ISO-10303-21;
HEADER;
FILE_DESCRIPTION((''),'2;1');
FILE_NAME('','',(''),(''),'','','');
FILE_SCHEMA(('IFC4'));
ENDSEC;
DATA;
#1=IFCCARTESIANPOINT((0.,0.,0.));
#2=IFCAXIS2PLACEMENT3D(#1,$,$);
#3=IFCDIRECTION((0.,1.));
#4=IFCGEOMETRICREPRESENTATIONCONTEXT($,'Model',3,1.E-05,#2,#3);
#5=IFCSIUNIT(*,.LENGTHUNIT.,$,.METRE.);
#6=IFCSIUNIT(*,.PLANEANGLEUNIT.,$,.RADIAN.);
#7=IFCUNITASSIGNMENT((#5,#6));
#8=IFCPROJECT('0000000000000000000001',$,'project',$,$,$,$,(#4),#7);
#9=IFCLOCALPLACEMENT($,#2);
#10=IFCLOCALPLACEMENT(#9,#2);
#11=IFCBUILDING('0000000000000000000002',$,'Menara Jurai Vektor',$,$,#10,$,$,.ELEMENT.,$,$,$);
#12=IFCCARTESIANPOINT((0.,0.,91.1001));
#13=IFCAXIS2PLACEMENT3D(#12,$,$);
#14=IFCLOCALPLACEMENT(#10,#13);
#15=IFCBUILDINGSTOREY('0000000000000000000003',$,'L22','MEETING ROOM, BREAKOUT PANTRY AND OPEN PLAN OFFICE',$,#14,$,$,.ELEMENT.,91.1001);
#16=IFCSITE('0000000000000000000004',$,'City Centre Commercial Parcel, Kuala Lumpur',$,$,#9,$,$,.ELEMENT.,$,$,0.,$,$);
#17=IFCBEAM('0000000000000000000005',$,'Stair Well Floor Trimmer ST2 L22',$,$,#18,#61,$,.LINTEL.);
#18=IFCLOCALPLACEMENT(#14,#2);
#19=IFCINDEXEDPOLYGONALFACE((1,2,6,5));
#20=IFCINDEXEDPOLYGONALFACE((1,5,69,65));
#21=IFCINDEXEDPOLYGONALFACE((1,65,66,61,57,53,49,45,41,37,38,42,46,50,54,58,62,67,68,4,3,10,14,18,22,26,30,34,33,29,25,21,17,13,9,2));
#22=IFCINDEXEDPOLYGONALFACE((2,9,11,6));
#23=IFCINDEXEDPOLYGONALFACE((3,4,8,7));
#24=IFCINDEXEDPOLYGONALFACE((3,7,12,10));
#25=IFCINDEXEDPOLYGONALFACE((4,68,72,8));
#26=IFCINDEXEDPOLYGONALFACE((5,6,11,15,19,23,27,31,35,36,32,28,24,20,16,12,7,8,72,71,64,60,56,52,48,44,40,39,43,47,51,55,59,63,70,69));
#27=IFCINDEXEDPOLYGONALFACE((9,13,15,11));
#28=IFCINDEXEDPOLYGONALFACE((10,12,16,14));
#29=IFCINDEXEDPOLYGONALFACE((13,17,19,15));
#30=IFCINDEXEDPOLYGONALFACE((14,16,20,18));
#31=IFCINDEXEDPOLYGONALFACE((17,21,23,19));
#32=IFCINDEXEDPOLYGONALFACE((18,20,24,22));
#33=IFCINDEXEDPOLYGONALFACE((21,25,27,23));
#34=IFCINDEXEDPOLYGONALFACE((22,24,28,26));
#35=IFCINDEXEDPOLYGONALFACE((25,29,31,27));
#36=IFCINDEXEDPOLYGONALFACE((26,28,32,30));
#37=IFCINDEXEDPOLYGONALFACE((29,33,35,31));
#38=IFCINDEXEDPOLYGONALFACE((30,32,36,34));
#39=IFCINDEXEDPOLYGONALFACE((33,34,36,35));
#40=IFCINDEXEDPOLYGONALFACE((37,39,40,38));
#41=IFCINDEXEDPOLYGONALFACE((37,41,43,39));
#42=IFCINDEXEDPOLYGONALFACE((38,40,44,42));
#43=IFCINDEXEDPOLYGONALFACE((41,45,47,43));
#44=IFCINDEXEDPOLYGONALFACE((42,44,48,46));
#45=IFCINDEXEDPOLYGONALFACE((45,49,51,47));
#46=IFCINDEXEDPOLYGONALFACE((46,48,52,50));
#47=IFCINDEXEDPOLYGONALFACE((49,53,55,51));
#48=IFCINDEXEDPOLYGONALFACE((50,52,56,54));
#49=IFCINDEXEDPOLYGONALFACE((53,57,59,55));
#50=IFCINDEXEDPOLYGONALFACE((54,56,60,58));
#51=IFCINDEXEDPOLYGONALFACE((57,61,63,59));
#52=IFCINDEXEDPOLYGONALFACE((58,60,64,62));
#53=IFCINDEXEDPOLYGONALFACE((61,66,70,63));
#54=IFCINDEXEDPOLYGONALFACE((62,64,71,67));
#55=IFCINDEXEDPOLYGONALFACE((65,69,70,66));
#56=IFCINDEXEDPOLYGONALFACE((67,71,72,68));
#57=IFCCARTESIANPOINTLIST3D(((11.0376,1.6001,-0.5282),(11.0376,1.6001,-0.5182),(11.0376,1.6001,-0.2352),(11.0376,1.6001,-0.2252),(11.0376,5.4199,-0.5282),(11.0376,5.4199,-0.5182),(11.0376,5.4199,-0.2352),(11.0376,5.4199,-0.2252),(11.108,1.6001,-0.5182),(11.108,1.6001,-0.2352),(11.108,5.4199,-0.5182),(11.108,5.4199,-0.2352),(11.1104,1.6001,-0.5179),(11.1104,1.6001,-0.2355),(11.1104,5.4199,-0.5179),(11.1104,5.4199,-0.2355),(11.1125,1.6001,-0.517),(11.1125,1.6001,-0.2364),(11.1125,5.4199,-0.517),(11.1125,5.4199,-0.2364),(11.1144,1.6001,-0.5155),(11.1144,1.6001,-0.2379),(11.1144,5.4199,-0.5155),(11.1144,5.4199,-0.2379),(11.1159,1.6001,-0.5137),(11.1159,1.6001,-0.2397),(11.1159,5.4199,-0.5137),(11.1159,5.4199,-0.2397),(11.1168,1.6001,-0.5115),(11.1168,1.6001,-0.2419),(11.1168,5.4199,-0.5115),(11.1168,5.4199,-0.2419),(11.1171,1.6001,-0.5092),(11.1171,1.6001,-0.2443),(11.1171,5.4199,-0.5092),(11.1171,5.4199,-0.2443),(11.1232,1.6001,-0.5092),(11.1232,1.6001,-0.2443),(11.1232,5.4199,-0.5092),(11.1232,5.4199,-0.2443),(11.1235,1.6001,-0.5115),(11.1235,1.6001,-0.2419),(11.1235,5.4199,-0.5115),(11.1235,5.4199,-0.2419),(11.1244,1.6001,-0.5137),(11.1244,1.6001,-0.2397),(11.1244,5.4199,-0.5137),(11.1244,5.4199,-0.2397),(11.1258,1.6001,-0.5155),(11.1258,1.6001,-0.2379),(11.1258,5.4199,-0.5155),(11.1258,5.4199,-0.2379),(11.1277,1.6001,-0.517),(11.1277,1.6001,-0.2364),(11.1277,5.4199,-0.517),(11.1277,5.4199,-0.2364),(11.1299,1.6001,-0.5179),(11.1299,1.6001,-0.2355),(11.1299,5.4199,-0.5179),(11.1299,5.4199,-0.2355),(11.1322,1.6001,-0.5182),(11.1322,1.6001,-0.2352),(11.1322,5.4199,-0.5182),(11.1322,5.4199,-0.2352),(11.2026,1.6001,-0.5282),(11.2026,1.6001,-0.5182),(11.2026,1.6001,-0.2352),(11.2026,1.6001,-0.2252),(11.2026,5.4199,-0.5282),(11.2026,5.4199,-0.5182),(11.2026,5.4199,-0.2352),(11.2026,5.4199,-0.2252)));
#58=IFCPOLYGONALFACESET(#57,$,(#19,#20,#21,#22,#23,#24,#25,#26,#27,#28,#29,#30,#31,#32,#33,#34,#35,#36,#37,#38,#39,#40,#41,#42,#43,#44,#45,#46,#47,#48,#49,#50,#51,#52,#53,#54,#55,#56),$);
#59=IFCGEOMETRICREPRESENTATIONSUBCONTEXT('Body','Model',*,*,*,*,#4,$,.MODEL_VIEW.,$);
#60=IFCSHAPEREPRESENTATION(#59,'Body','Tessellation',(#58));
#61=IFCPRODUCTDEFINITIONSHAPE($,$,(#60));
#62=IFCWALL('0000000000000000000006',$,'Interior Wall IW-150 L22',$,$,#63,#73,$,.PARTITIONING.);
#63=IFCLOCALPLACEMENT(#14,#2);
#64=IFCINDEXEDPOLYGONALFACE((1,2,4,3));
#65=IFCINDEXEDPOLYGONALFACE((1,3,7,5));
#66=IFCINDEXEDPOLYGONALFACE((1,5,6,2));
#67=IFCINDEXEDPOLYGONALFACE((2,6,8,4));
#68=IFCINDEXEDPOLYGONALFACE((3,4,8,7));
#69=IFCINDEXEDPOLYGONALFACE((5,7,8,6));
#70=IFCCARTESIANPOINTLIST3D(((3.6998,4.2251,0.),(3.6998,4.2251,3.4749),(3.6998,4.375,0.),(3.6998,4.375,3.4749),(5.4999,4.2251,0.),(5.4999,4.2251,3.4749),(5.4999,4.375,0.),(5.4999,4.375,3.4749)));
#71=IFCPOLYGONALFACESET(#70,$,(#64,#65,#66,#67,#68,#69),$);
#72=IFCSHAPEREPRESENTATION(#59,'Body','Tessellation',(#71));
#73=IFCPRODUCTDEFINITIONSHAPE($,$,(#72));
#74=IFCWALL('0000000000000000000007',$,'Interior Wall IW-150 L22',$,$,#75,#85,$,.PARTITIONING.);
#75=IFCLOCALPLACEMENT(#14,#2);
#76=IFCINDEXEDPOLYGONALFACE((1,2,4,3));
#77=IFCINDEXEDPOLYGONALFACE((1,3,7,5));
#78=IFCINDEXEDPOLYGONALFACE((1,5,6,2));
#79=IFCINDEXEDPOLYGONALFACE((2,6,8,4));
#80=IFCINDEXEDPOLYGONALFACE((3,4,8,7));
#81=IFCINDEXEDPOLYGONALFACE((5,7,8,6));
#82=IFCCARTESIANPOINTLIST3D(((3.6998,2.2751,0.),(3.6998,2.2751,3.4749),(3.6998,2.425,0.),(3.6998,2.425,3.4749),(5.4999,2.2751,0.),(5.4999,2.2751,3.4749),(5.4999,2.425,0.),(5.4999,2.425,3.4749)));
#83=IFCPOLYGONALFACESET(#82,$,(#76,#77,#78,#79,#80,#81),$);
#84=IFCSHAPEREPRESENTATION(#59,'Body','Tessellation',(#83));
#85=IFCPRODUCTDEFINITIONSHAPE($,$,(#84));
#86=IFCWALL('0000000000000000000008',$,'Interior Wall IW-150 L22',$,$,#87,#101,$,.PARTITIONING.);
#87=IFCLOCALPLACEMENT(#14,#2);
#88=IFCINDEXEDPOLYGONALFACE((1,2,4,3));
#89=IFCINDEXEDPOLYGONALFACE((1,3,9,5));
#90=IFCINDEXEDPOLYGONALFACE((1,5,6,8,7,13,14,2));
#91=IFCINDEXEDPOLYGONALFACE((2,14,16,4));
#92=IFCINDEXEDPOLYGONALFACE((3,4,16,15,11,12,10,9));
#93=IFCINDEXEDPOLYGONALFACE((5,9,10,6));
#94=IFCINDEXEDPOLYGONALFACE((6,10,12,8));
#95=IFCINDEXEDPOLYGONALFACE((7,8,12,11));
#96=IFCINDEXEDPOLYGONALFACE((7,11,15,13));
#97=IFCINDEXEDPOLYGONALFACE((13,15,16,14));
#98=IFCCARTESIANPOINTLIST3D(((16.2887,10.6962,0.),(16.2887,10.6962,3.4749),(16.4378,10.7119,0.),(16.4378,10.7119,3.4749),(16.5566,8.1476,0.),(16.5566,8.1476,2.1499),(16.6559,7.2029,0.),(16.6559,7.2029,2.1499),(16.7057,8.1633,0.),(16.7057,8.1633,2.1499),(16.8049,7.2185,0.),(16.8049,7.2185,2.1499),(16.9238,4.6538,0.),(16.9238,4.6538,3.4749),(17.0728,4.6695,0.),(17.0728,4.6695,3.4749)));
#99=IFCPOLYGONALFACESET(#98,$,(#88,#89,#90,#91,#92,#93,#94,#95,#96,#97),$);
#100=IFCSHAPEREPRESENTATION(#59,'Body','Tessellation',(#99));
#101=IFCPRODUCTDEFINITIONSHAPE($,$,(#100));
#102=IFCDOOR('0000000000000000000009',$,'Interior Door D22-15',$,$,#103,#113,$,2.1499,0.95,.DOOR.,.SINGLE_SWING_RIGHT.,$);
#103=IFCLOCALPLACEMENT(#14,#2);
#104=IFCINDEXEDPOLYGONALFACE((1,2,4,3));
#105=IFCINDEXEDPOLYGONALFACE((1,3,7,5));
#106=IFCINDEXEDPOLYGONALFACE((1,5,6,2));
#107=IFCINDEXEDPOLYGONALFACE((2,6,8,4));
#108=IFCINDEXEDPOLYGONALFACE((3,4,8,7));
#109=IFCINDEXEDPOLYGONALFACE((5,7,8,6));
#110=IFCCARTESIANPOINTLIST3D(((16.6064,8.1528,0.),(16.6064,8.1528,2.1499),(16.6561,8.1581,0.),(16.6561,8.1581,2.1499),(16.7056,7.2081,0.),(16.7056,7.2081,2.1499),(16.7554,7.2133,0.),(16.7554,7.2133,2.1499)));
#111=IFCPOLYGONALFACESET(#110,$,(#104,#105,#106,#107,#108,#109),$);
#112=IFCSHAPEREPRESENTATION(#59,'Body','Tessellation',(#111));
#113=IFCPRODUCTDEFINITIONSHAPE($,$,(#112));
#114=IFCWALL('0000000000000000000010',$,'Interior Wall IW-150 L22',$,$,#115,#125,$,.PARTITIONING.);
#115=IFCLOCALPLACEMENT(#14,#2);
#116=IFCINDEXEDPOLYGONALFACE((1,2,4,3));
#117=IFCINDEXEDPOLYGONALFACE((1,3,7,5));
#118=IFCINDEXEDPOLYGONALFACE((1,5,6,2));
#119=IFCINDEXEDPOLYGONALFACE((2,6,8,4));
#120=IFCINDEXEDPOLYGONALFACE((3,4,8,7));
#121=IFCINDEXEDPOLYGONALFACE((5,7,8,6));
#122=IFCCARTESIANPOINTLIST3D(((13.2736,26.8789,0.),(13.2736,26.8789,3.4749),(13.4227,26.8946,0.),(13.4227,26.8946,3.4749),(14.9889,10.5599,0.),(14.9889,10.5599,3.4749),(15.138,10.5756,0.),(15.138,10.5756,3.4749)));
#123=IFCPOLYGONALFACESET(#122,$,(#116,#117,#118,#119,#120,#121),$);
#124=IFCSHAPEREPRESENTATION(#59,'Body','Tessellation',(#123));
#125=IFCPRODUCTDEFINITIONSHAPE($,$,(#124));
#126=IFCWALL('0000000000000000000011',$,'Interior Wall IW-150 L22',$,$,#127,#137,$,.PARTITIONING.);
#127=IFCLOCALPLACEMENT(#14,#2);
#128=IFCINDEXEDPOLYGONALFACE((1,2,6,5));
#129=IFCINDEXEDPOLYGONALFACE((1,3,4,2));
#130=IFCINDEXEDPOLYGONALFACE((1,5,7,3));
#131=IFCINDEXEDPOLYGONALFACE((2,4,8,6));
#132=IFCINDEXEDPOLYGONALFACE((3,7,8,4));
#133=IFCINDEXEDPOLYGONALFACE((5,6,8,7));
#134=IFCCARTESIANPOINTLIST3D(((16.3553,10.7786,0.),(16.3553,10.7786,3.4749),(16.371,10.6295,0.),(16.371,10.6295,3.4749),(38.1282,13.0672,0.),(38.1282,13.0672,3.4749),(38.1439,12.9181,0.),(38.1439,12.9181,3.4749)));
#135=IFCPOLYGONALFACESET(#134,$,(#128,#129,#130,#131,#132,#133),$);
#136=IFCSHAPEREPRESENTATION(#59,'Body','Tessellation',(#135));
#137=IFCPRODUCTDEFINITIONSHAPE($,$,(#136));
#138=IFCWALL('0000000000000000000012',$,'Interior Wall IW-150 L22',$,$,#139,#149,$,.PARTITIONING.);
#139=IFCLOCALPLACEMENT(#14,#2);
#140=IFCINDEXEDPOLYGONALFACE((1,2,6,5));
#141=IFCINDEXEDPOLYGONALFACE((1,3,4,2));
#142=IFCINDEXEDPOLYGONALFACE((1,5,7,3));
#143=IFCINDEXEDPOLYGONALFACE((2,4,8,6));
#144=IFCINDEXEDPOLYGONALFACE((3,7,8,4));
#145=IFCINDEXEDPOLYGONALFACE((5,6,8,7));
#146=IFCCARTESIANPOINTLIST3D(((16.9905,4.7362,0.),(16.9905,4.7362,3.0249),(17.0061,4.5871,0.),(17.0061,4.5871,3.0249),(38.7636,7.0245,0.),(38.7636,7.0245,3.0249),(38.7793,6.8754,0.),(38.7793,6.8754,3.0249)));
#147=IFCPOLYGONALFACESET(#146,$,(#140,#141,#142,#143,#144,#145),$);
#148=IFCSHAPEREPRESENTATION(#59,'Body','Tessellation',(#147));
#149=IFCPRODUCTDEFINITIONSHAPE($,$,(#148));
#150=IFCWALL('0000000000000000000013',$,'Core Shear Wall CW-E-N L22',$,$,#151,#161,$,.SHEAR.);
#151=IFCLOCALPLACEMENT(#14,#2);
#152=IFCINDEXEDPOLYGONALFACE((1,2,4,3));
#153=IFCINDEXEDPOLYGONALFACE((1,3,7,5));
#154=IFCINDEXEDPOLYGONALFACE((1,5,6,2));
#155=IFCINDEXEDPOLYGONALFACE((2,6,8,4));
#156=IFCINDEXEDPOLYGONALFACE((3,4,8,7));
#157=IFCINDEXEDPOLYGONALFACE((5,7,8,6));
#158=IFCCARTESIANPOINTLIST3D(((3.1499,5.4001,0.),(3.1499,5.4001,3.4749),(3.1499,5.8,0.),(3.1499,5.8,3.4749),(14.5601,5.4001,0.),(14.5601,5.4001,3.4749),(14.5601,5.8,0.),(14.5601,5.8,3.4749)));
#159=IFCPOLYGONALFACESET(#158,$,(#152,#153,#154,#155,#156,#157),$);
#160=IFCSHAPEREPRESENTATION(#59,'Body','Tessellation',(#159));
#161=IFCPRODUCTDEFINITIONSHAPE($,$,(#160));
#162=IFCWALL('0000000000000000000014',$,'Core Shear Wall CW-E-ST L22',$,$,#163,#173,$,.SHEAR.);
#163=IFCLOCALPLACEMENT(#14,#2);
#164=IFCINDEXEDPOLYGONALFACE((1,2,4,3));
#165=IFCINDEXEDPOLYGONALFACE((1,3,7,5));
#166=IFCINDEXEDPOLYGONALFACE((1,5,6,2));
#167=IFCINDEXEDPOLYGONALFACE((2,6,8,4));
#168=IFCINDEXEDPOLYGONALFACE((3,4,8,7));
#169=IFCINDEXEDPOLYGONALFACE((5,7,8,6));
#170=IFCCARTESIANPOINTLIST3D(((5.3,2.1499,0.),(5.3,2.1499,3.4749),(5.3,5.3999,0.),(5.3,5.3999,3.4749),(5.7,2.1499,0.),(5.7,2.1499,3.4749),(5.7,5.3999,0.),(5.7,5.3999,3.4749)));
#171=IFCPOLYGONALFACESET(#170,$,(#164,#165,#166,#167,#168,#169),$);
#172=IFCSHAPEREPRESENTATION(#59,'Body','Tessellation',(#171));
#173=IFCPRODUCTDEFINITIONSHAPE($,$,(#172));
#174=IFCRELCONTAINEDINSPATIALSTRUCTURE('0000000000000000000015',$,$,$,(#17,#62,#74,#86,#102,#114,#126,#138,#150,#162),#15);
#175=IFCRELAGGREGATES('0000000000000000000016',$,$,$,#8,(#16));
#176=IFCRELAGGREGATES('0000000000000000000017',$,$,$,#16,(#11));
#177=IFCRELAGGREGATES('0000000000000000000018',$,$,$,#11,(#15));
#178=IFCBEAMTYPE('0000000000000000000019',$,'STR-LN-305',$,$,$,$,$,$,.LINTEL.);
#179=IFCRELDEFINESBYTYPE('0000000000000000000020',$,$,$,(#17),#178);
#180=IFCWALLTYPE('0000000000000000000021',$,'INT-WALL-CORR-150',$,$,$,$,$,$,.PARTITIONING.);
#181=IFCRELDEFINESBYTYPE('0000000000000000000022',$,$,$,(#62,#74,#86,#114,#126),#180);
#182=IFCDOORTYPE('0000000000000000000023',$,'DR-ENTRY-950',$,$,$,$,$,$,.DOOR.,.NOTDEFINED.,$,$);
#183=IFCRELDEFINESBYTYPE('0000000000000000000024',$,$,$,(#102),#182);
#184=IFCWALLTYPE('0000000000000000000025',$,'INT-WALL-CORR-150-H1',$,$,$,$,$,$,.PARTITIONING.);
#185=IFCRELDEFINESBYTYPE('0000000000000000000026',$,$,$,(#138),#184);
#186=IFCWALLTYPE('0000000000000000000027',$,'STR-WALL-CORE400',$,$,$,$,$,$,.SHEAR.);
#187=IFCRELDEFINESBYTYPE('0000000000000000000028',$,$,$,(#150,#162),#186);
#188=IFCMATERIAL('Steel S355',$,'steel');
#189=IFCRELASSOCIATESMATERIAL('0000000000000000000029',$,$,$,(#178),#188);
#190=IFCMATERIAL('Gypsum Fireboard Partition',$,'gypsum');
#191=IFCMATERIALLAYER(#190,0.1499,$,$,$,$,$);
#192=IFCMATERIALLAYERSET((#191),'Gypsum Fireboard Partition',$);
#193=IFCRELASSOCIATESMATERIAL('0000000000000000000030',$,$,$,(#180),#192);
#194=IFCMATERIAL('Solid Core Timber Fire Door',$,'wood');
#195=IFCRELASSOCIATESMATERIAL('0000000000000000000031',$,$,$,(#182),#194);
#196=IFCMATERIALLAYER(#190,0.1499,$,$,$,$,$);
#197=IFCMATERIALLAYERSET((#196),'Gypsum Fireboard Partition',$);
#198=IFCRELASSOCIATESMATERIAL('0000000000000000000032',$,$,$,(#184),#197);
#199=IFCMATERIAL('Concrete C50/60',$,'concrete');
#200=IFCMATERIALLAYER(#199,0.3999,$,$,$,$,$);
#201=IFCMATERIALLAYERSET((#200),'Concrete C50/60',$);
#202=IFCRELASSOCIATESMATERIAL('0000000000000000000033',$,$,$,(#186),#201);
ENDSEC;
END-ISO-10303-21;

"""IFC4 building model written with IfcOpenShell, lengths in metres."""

from ifc_helpers import new_model, si_unit, direction, frame, frame_2d, origin, origin_2d, place, context, subcontext, project, spatial, rectangle, i_section, extrude, material, layer, layer_set, material_profile, profile_set, type_object, element, fill, save


model = new_model("IFC4")

# Units and contexts
model_context = context("Model", 3, precision=1e-05, world=origin(), true_north=direction((0.0, 1.0)))
body_context = subcontext(model_context, "Body", "Model", "MODEL_VIEW")
ifc_project = project(units=[si_unit("LENGTHUNIT", "METRE"), si_unit("PLANEANGLEUNIT", "RADIAN")], contexts=[model_context])

# Site, building, storey
site_placement = place(None, origin())
site = spatial("IfcSite", under=ifc_project, at=site_placement, Name="City Centre Commercial Parcel, Kuala Lumpur", CompositionType="ELEMENT", RefElevation=0.0)
building_placement = place(site_placement, origin())
building = spatial("IfcBuilding", under=site, at=building_placement, Name="Menara Jurai Vektor", CompositionType="ELEMENT")
storey_placement = place(building_placement, frame((0.0, 0.0, 91.1001)))
storey = spatial("IfcBuildingStorey", under=building, at=storey_placement, Name="L22", Description="MEETING ROOM, BREAKOUT PANTRY AND OPEN PLAN OFFICE", CompositionType="ELEMENT", Elevation=91.1001)

# Shared definitions
ifc_material_1 = material(Name="Concrete C50/60", Category="concrete")
ifc_material_2 = material(Name="Steel S355", Category="steel")

# Beam
ifc_material_profile_1 = material_profile(ifc_material_2, i_section(OverallWidth=0.165, OverallDepth=0.303, WebThickness=0.0061, FlangeThickness=0.01, FilletRadius=0.009, at=origin_2d()), Name="UKB 305x165x40")
ifc_profile_set_1 = profile_set([ifc_material_profile_1], Name="Steel S355")
beam_type_1 = type_object("IfcBeamType", Name="STR-LN-305", PredefinedType="LINTEL", material=ifc_profile_set_1)
beam_1_placement = place(storey_placement, frame((11.1201, 1.6001, -0.3767), z_axis=(0.0, 1.0, 0.0), x_axis=(-1.0, 0.0, 0.0)))
element("IfcBeam", 1, at=beam_1_placement, inside=storey, type_object=beam_type_1, Name="Stair Well Floor Trimmer ST2 L22", PredefinedType="LINTEL", context=body_context, shape_type="SweptSolid", body=[
    extrude(i_section(OverallWidth=0.165, OverallDepth=0.303, WebThickness=0.0061, FlangeThickness=0.01, FilletRadius=0.009, at=origin_2d()), origin(), (0.0, 0.0, 1.0), 3.8198),
])

# Walls
ifc_material_3 = material(Name="Gypsum Fireboard Partition", Category="gypsum")
ifc_layer_1 = layer(ifc_material_3, 0.1499)
ifc_layer_set_1 = layer_set([ifc_layer_1], Name="Gypsum Fireboard Partition")
wall_type_1 = type_object("IfcWallType", Name="INT-WALL-CORR-150", PredefinedType="PARTITIONING", material=ifc_layer_set_1)
for number, where, z_axis, x_axis, name in (
    (2, (3.7, 4.3, 0.0), (0.0, 0.0, 1.0), (1.0, 0.0, 0.0), "Interior Wall IW-150 L22"),
    (3, (3.7, 2.3501, 0.0), (0.0, 0.0, 1.0), (1.0, 0.0, 0.0), "Interior Wall IW-150 L22"),
):
    element("IfcWall", number, at=place(storey_placement, frame(where, z_axis=z_axis, x_axis=x_axis)), inside=storey, type_object=wall_type_1, Name=name, PredefinedType="PARTITIONING", context=body_context, shape_type="SweptSolid", body=[
        extrude(rectangle(XDim=1.8, YDim=0.1499, at=frame_2d((0.8999, 0.0))), origin(), (0.0, 0.0, 1.0), 3.4749),
    ])

# Wall, opening, door
ifc_material_4 = material(Name="Solid Core Timber Fire Door", Category="wood")
door_type = type_object("IfcDoorType", Name="DR-ENTRY-950", OperationType="NOTDEFINED", PredefinedType="DOOR", material=ifc_material_4)
wall_1_placement = place(storey_placement, frame((16.9983, 4.6616, 0.0), z_axis=(0.0, 0.0, 1.0), x_axis=(-0.104515, 0.994523, 0.0)))
wall_1 = element("IfcWall", 4, at=wall_1_placement, inside=storey, type_object=wall_type_1, Name="Interior Wall IW-150 L22", PredefinedType="PARTITIONING", context=body_context, shape_type="SweptSolid", body=[
    extrude(rectangle(XDim=6.0757, YDim=0.1499, at=frame_2d((3.0378, 0.0))), origin(), (0.0, 0.0, 1.0), 3.4749),
])
opening_1_placement = place(wall_1_placement, frame((2.563, 0.0, 0.0)))
opening_1 = element("IfcOpeningElement", 5, at=opening_1_placement, cuts=wall_1, PredefinedType="OPENING", context=body_context, shape_type="SweptSolid", body=[
    extrude(rectangle(XDim=0.95, YDim=2.1499, at=frame_2d((0.4751, 1.075))), frame((0.0, 0.085, 0.0), z_axis=(0.0, -1.0, 0.0), x_axis=(1.0, 0.0, 0.0)), (0.0, 0.0, 1.0), 0.1699),
])
door_1_placement = place(opening_1_placement, origin())
door_1 = element("IfcDoor", 6, at=door_1_placement, inside=storey, type_object=door_type, Name="Interior Door D22-15", OperationType="SINGLE_SWING_RIGHT", OverallHeight=2.1499, OverallWidth=0.95, PredefinedType="DOOR", context=body_context, shape_type="SweptSolid", body=[
    extrude(rectangle(XDim=0.95, YDim=2.1499, at=frame_2d((0.4751, 1.075))), frame((0.0, 0.0249, 0.0), z_axis=(0.0, -1.0, 0.0), x_axis=(1.0, 0.0, 0.0)), (0.0, 0.0, 1.0), 0.05),
])
fill(opening_1, door_1)

# Walls
wall_2_placement = place(storey_placement, frame((15.0635, 10.5676, 0.0), z_axis=(0.0, 0.0, 1.0), x_axis=(-0.104536, 0.994521, 0.0)))
element("IfcWall", 7, at=wall_2_placement, inside=storey, type_object=wall_type_1, Name="Interior Wall IW-150 L22", PredefinedType="PARTITIONING", context=body_context, shape_type="SweptSolid", body=[
    extrude(rectangle(XDim=16.4089, YDim=0.1499, at=frame_2d((8.2046, 0.0))), origin(), (0.0, 0.0, 1.0), 3.4749),
])
wall_3_placement = place(storey_placement, frame((16.3633, 10.7041, 0.0), z_axis=(0.0, 0.0, 1.0), x_axis=(0.994521, 0.104535, 0.0)))
element("IfcWall", 8, at=wall_3_placement, inside=storey, type_object=wall_type_1, Name="Interior Wall IW-150 L22", PredefinedType="PARTITIONING", context=body_context, shape_type="SweptSolid", body=[
    extrude(rectangle(XDim=21.8928, YDim=0.1499, at=frame_2d((10.9463, 0.0))), origin(), (0.0, 0.0, 1.0), 3.4749),
])
ifc_layer_2 = layer(ifc_material_3, 0.1499)
ifc_layer_set_2 = layer_set([ifc_layer_2], Name="Gypsum Fireboard Partition")
wall_type_2 = type_object("IfcWallType", Name="INT-WALL-CORR-150-H1", PredefinedType="PARTITIONING", material=ifc_layer_set_2)
wall_4_placement = place(storey_placement, frame((16.9983, 4.6616, 0.0), z_axis=(0.0, 0.0, 1.0), x_axis=(0.994522, 0.104523, 0.0)))
element("IfcWall", 9, at=wall_4_placement, inside=storey, type_object=wall_type_2, Name="Interior Wall IW-150 L22", PredefinedType="PARTITIONING", context=body_context, shape_type="SweptSolid", body=[
    extrude(rectangle(XDim=21.8931, YDim=0.1499, at=frame_2d((10.9465, 0.0))), origin(), (0.0, 0.0, 1.0), 3.0249),
])
ifc_layer_3 = layer(ifc_material_1, 0.3999)
ifc_layer_set_3 = layer_set([ifc_layer_3], Name="Concrete C50/60")
wall_type_3 = type_object("IfcWallType", Name="STR-WALL-CORE400", PredefinedType="SHEAR", material=ifc_layer_set_3)
wall_5_placement = place(storey_placement, frame((3.1499, 5.6001, 0.0), z_axis=(0.0, 0.0, 1.0), x_axis=(1.0, 0.0, 0.0)))
element("IfcWall", 10, at=wall_5_placement, inside=storey, type_object=wall_type_3, Name="Core Shear Wall CW-E-N L22", PredefinedType="SHEAR", context=body_context, shape_type="SweptSolid", body=[
    extrude(rectangle(XDim=11.4102, YDim=0.3999, at=frame_2d((5.7051, 0.0))), origin(), (0.0, 0.0, 1.0), 3.4749),
])
wall_6_placement = place(storey_placement, frame((5.5, 2.1499, 0.0), z_axis=(0.0, 0.0, 1.0), x_axis=(0.0, 1.0, 0.0)))
element("IfcWall", 11, at=wall_6_placement, inside=storey, type_object=wall_type_3, Name="Core Shear Wall CW-E-ST L22", PredefinedType="SHEAR", context=body_context, shape_type="SweptSolid", body=[
    extrude(rectangle(XDim=3.25, YDim=0.3999, at=frame_2d((1.625, 0.0))), origin(), (0.0, 0.0, 1.0), 3.4749),
])

save(model, "model.ifc")
